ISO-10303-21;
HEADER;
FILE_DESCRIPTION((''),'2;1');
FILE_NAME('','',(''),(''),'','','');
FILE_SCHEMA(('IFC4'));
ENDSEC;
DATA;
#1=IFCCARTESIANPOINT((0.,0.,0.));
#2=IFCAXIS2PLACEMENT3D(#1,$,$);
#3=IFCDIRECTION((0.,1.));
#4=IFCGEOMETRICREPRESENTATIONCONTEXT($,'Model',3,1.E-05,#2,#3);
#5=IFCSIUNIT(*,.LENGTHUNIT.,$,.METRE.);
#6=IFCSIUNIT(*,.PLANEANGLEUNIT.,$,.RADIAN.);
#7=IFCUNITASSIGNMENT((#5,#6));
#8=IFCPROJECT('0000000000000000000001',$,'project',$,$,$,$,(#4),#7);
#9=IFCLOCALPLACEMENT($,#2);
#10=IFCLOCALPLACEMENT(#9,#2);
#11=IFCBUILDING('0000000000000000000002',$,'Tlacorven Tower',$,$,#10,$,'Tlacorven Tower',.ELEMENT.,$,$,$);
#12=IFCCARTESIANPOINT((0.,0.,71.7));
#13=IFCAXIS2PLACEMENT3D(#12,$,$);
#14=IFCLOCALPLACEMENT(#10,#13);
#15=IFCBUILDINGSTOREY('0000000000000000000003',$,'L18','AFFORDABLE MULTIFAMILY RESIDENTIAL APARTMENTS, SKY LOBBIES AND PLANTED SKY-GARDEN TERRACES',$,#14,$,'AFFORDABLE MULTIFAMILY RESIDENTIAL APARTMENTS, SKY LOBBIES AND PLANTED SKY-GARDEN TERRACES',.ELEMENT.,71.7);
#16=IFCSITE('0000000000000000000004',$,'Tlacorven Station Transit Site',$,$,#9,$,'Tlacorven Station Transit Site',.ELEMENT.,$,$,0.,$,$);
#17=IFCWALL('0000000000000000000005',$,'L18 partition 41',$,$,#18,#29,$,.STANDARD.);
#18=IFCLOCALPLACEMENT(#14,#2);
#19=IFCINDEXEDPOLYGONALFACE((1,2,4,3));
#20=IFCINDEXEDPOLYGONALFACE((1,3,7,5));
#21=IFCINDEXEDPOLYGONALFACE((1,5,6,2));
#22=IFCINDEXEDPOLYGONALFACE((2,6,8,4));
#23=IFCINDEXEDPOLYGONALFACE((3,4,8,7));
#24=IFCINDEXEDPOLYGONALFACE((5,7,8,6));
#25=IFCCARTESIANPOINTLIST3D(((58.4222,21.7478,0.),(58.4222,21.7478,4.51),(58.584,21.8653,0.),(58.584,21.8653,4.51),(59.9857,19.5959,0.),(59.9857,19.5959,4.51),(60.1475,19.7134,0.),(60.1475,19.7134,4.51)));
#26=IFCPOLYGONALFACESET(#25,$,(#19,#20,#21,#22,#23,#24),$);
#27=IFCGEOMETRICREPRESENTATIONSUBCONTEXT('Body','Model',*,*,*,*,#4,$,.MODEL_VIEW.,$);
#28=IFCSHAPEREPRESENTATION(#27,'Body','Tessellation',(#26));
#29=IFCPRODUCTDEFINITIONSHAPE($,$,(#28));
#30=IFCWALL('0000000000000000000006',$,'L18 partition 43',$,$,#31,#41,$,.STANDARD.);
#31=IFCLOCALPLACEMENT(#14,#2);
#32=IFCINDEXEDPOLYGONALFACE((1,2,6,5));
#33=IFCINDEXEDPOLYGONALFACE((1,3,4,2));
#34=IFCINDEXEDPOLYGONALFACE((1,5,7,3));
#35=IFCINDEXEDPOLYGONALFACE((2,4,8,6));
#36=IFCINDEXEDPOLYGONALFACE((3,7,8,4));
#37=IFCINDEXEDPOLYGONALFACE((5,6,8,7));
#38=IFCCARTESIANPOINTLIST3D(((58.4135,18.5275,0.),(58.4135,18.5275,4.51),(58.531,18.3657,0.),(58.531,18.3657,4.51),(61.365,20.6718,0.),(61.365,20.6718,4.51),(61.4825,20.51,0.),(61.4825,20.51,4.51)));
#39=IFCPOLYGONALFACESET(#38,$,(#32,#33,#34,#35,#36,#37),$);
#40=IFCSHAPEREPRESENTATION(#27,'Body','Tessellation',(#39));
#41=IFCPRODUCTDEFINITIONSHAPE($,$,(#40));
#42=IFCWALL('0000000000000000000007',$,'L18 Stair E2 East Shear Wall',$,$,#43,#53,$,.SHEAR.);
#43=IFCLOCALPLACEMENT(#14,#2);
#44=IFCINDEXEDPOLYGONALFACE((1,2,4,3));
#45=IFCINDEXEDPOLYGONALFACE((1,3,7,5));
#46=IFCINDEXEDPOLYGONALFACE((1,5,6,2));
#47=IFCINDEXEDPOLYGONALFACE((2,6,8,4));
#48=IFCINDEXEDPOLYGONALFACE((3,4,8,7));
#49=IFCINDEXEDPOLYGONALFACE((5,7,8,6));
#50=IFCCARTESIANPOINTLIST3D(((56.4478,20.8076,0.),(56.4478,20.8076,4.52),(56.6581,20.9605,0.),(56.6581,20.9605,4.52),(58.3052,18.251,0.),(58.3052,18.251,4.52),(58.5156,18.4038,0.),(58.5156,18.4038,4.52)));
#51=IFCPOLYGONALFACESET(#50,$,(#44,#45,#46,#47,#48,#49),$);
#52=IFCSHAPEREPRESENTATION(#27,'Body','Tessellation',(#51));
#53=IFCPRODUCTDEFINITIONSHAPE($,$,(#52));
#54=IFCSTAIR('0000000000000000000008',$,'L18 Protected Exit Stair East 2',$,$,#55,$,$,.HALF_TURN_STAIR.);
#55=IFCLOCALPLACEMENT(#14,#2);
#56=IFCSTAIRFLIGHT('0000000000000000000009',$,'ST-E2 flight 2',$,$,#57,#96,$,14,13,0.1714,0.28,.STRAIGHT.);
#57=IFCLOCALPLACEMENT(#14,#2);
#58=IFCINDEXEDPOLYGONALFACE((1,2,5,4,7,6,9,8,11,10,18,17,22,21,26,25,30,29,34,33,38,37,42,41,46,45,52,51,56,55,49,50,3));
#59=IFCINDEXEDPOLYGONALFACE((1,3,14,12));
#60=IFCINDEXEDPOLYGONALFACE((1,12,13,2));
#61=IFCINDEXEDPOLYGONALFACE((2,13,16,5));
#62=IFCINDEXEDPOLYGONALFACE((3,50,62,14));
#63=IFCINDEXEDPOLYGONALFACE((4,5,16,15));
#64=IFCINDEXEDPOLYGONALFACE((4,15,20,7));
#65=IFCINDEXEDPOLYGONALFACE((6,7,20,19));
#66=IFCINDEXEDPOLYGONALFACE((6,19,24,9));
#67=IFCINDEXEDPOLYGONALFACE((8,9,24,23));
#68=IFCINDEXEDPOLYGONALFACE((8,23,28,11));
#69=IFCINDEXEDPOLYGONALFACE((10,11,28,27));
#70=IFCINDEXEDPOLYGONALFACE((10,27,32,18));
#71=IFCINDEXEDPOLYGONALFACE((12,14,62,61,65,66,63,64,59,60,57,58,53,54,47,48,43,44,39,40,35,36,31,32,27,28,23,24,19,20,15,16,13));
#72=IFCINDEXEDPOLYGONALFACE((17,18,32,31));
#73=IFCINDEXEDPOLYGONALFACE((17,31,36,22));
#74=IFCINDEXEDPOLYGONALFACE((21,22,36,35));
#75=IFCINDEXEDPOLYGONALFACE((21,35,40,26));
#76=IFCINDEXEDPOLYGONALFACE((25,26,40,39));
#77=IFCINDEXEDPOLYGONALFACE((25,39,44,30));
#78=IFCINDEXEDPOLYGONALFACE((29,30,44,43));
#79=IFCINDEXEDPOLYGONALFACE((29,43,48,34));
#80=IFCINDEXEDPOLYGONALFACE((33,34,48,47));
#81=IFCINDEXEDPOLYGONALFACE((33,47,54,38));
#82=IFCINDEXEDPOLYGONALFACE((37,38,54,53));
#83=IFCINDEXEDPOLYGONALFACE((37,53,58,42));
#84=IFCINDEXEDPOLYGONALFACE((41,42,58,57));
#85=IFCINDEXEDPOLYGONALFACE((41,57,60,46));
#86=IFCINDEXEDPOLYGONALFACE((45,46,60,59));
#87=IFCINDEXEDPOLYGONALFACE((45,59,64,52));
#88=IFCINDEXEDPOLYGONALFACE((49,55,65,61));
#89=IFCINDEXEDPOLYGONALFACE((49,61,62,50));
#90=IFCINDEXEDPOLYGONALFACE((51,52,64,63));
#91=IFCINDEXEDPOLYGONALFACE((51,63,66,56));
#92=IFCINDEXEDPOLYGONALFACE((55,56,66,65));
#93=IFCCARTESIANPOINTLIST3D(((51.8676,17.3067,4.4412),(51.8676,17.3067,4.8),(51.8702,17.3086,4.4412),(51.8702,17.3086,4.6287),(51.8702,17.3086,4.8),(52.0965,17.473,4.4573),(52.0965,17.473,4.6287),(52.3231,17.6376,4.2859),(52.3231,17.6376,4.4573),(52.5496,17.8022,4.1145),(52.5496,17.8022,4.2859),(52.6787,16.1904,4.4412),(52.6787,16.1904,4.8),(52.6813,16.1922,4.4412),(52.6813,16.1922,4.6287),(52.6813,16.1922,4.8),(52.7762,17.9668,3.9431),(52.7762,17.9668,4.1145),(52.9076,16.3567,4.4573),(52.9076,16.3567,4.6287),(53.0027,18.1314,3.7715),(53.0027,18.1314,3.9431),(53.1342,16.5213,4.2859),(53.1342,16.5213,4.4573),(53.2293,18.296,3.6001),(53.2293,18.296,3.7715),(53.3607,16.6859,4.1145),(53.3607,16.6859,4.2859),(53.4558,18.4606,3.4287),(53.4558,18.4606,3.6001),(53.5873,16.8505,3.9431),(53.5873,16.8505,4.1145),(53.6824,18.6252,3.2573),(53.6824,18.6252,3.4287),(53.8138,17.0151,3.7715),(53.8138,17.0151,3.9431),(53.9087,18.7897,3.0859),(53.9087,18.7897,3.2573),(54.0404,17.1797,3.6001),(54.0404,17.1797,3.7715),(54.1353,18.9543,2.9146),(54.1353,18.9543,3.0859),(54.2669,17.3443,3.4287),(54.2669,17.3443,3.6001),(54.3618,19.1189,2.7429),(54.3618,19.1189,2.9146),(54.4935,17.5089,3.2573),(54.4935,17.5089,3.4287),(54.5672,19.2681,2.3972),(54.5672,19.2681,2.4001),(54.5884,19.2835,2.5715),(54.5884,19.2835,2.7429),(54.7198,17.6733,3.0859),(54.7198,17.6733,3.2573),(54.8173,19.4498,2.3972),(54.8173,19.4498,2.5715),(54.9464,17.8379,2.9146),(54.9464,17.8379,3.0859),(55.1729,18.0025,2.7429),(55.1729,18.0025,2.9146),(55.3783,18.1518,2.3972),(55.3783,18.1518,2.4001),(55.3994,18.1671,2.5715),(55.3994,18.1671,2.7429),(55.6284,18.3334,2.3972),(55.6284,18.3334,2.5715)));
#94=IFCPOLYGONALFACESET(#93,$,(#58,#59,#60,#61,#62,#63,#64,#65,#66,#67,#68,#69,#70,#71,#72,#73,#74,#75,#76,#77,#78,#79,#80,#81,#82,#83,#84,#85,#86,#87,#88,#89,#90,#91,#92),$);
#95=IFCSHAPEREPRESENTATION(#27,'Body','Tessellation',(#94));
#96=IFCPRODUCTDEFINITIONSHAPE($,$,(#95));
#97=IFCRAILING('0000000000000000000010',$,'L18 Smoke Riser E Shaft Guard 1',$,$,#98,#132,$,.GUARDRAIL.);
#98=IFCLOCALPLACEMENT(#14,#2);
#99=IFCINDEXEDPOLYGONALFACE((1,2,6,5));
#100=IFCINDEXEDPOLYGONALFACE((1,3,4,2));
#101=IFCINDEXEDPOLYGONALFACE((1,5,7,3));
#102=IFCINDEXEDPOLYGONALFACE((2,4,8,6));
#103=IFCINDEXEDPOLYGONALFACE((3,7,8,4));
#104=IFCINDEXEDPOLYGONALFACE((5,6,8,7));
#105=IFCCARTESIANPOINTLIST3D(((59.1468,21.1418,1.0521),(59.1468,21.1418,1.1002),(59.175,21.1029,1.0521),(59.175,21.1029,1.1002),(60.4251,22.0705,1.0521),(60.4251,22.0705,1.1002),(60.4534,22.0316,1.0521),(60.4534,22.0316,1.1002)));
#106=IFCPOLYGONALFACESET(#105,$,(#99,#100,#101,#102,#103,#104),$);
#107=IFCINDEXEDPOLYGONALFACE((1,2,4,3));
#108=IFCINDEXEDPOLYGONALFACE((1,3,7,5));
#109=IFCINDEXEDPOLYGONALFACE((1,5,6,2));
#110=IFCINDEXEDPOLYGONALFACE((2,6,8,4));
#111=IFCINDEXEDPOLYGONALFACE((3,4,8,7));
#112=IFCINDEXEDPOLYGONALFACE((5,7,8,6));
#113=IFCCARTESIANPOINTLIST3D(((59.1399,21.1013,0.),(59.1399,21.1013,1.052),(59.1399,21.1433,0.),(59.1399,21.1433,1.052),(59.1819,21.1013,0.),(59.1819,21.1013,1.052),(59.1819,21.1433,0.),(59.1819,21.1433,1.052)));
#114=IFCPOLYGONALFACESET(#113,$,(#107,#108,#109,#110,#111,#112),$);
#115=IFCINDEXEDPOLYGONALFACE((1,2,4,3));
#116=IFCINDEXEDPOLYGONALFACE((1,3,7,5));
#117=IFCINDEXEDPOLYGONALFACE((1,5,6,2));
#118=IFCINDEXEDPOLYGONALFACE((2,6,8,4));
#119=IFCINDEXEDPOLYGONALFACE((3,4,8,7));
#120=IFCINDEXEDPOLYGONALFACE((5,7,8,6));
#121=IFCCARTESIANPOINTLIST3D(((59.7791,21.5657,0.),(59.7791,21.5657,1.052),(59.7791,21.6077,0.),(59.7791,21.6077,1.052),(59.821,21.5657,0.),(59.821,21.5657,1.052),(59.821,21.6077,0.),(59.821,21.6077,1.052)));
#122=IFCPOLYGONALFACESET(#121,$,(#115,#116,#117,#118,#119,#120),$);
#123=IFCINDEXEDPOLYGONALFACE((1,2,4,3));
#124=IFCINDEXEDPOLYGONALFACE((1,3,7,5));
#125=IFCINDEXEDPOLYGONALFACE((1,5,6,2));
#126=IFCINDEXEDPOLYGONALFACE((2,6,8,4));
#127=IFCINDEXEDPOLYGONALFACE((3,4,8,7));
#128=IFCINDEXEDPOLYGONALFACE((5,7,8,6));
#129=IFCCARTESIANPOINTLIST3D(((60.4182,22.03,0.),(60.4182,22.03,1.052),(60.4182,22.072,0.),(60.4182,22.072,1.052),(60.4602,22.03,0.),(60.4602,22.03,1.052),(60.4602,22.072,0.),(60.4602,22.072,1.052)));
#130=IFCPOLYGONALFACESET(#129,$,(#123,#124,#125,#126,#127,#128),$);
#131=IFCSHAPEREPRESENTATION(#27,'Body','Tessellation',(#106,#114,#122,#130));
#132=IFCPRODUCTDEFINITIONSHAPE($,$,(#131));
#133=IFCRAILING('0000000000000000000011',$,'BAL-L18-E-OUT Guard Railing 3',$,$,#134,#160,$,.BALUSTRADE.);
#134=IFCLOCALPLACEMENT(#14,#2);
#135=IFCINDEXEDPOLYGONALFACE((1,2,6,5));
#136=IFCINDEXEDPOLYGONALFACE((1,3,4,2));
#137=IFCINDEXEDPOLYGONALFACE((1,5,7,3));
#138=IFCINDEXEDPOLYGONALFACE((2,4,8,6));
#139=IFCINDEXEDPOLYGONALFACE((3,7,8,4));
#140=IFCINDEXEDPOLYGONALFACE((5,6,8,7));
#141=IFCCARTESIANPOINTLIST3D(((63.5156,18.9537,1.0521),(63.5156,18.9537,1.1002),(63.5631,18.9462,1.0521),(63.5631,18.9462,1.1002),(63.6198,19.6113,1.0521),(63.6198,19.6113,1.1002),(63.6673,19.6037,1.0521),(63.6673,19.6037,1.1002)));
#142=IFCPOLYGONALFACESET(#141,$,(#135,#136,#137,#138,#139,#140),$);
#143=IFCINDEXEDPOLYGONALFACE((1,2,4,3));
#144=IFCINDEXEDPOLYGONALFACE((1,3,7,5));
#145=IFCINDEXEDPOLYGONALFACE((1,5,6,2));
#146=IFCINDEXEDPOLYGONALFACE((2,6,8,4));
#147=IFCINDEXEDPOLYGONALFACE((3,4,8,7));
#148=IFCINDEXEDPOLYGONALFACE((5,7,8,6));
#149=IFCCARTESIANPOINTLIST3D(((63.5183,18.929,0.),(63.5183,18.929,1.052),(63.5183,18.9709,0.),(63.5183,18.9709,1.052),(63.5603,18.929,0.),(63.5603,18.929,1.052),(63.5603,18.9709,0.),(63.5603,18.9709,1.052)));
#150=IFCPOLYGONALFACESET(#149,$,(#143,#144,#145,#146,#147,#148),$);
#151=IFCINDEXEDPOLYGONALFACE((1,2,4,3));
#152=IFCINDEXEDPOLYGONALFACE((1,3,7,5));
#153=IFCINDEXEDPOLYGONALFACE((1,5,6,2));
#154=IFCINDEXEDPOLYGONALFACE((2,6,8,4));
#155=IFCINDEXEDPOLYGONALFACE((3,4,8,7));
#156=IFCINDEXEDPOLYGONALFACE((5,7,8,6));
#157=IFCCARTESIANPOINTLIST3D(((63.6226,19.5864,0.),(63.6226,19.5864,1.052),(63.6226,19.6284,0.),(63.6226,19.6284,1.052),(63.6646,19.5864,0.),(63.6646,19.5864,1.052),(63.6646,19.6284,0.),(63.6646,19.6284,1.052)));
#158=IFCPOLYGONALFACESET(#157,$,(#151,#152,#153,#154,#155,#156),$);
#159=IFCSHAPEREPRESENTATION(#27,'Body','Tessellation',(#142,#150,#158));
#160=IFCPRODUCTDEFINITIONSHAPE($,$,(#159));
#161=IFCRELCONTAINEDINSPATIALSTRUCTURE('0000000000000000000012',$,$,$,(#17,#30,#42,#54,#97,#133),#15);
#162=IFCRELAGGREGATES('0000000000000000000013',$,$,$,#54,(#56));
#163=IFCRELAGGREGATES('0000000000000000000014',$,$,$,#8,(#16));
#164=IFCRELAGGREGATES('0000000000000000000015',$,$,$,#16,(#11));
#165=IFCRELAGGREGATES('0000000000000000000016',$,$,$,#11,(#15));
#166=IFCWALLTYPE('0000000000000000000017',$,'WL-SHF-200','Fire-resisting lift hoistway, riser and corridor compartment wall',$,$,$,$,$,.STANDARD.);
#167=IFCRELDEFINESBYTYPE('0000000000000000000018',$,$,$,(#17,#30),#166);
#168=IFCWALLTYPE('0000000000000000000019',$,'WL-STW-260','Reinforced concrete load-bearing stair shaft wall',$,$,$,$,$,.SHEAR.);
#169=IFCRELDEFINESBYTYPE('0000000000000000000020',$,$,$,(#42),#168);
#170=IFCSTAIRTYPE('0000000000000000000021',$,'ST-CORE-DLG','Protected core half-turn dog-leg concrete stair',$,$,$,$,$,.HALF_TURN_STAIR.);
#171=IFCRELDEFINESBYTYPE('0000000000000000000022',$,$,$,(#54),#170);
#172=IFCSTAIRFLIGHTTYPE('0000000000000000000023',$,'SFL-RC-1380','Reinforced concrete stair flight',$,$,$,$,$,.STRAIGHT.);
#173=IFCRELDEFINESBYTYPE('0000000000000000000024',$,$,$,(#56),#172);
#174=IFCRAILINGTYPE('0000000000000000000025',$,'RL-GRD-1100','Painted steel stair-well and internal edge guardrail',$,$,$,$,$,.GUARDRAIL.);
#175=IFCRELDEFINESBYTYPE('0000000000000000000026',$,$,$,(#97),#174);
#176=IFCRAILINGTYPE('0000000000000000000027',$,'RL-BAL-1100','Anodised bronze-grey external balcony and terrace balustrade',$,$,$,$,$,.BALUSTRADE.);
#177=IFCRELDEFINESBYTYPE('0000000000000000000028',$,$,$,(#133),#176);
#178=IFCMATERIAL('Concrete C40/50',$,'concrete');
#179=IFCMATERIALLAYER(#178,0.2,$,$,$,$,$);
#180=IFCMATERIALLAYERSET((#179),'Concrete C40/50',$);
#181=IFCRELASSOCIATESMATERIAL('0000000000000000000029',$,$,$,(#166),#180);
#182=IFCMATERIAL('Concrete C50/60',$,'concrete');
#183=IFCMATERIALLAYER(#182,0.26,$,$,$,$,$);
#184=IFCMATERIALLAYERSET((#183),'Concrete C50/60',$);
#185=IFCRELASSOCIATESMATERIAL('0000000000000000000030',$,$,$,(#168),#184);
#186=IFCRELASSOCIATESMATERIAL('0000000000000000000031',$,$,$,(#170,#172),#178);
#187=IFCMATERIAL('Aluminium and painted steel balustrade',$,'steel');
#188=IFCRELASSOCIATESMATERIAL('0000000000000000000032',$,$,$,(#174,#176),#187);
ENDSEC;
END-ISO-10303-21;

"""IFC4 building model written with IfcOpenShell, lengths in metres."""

from ifc_helpers import new_model, si_unit, direction, frame, frame_2d, origin, origin_2d, place, context, subcontext, project, spatial, polyline, rectangle, outline, extrude, source, transform, mapped, material, layer, layer_set, type_object, element, aggregate, save


model = new_model("IFC4")

# Units and contexts
model_context = context("Model", 3, precision=1e-05, world=origin(), true_north=direction((0.0, 1.0)))
body_context = subcontext(model_context, "Body", "Model", "MODEL_VIEW")
ifc_project = project(units=[si_unit("LENGTHUNIT", "METRE"), si_unit("PLANEANGLEUNIT", "RADIAN")], contexts=[model_context])

# Site, building, storey
site_placement = place(None, origin())
site = spatial("IfcSite", under=ifc_project, at=site_placement, Name="Tlacorven Station Transit Site", LongName="Tlacorven Station Transit Site", CompositionType="ELEMENT", RefElevation=0.0)
building_placement = place(site_placement, origin())
building = spatial("IfcBuilding", under=site, at=building_placement, Name="Tlacorven Tower", LongName="Tlacorven Tower", CompositionType="ELEMENT")
storey_placement = place(building_placement, frame((0.0, 0.0, 71.7)))
storey = spatial("IfcBuildingStorey", under=building, at=storey_placement, Name="L18", Description="AFFORDABLE MULTIFAMILY RESIDENTIAL APARTMENTS, SKY LOBBIES AND PLANTED SKY-GARDEN TERRACES", LongName="AFFORDABLE MULTIFAMILY RESIDENTIAL APARTMENTS, SKY LOBBIES AND PLANTED SKY-GARDEN TERRACES", CompositionType="ELEMENT", Elevation=71.7)

# Shared definitions
ifc_material_1 = material(Name="Concrete C40/50", Category="concrete")
ifc_layer_1 = layer(ifc_material_1, 0.2)
ifc_layer_set_1 = layer_set([ifc_layer_1], Name="Concrete C40/50")
wall_type_1 = type_object("IfcWallType", Name="WL-SHF-200", Description="Fire-resisting lift hoistway, riser and corridor compartment wall", PredefinedType="STANDARD", material=ifc_layer_set_1)

# Walls
wall_1_placement = place(storey_placement, frame((60.0667, 19.6545, 0.0), z_axis=(0.0, 0.0, 1.0), x_axis=(-0.587801, 0.809006, 0.0)))
element("IfcWall", 1, at=wall_1_placement, inside=storey, type_object=wall_type_1, Name="L18 partition 41", PredefinedType="STANDARD", context=body_context, shape_type="SweptSolid", body=[
    extrude(rectangle(XDim=2.6599, YDim=0.2, at=frame_2d((1.3301, 0.0))), origin(), (0.0, 0.0, 1.0), 4.51),
])
wall_2_placement = place(storey_placement, frame((58.4722, 18.4465, 0.0), z_axis=(0.0, 0.0, 1.0), x_axis=(0.809022, 0.587778, 0.0)))
element("IfcWall", 2, at=wall_2_placement, inside=storey, type_object=wall_type_1, Name="L18 partition 43", PredefinedType="STANDARD", context=body_context, shape_type="SweptSolid", body=[
    extrude(rectangle(XDim=3.6482, YDim=0.2, at=frame_2d((1.8242, 0.0))), origin(), (0.0, 0.0, 1.0), 4.51),
])
ifc_material_2 = material(Name="Concrete C50/60", Category="concrete")
ifc_layer_2 = layer(ifc_material_2, 0.26)
ifc_layer_set_2 = layer_set([ifc_layer_2], Name="Concrete C50/60")
wall_type_2 = type_object("IfcWallType", Name="WL-STW-260", Description="Reinforced concrete load-bearing stair shaft wall", PredefinedType="SHEAR", material=ifc_layer_set_2)
wall_3_placement = place(storey_placement, frame((58.4104, 18.3274, 0.0), z_axis=(0.0, 0.0, 1.0), x_axis=(-0.587767, 0.80903, 0.0)))
element("IfcWall", 3, at=wall_3_placement, inside=storey, type_object=wall_type_2, Name="L18 Stair E2 East Shear Wall", PredefinedType="SHEAR", context=body_context, shape_type="SweptSolid", body=[
    extrude(rectangle(XDim=3.1602, YDim=0.26, at=frame_2d((1.5801, 0.0))), origin(), (0.0, 0.0, 1.0), 4.52),
])

# Stair, stair flight
stair_type = type_object("IfcStairType", Name="ST-CORE-DLG", Description="Protected core half-turn dog-leg concrete stair", PredefinedType="HALF_TURN_STAIR", material=ifc_material_1)
stair_placement = place(storey_placement, origin())
stair = element("IfcStair", 4, at=stair_placement, inside=storey, type_object=stair_type, Name="L18 Protected Exit Stair East 2", PredefinedType="HALF_TURN_STAIR")
stair_flight_type = type_object("IfcStairFlightType", Name="SFL-RC-1380", Description="Reinforced concrete stair flight", PredefinedType="STRAIGHT", material=ifc_material_1)
shared_shape_1 = source(origin(), body_context, "Body", "SweptSolid", [
    extrude(outline(polyline([(-0.0029, -0.0029), (-0.0029, 0.1714), (0.28, 0.1714), (0.28, 0.3428), (0.5601, 0.3428), (0.5601, 0.5144), (0.8401, 0.5144), (0.8401, 0.6858), (1.1201, 0.6858), (1.1201, 0.8572), (1.3999, 0.8572), (1.3999, 1.0286), (1.6799, 1.0286), (1.6799, 1.2), (1.96, 1.2), (1.96, 1.3713), (2.24, 1.3713), (2.24, 1.543), (2.52, 1.543), (2.52, 1.7144), (2.8, 1.7144), (2.8, 1.8857), (3.0801, 1.8857), (3.0801, 2.0571), (3.3601, 2.0571), (3.3601, 2.2285), (3.6399, 2.2285), (3.6399, 2.3999), (3.6431, 2.3999), (3.6431, 2.041), (3.6399, 2.041), (0.3062, 0.0), (0.3062, -0.0029), (-0.0029, -0.0029)])), frame((0.0, 0.6899, 0.0), z_axis=(0.0, -1.0, 0.0), x_axis=(1.0, 0.0, 0.0)), (0.0, 0.0, 1.0), 1.3799),
])
stair_flight_placement = place(storey_placement, frame((55.2205, 18.8899, 2.4001), z_axis=(0.0, 0.0, 1.0), x_axis=(-0.809017, -0.587785, 0.0)))
stair_flight = element("IfcStairFlight", 5, at=stair_flight_placement, type_object=stair_flight_type, Name="ST-E2 flight 2", NumberOfRisers=14, NumberOfTreads=13, PredefinedType="STRAIGHT", RiserHeight=0.1714, TreadLength=0.28, context=body_context, shape_type="MappedRepresentation", body=[
    mapped(shared_shape_1, transform((0.0, 0.0, 0.0), scale=1.0)),
])
aggregate(stair, [stair_flight])

# Railings
ifc_material_3 = material(Name="Aluminium and painted steel balustrade", Category="steel")
railing_type_1 = type_object("IfcRailingType", Name="RL-GRD-1100", Description="Painted steel stair-well and internal edge guardrail", PredefinedType="GUARDRAIL", material=ifc_material_3)
shared_shape_2 = source(origin(), body_context, "Body", "SweptSolid", [
    extrude(rectangle(XDim=0.0481, YDim=0.0481, at=origin_2d()), frame((0.0, 0.0, 1.0762), z_axis=(0.80903, 0.587767, 0.0), x_axis=(-0.587767, 0.80903, 0.0)), (0.0, 0.0, 1.0), 1.5801),
    extrude(rectangle(XDim=0.042, YDim=0.042, at=origin_2d()), origin(), (0.0, 0.0, 1.0), 1.052),
    extrude(rectangle(XDim=0.042, YDim=0.042, at=origin_2d()), frame((0.6392, 0.4644, 0.0)), (0.0, 0.0, 1.0), 1.052),
    extrude(rectangle(XDim=0.042, YDim=0.042, at=origin_2d()), frame((1.2783, 0.9287, 0.0)), (0.0, 0.0, 1.0), 1.052),
])
railing_1_placement = place(storey_placement, frame((59.1609, 21.1223, 0.0)))
element("IfcRailing", 6, at=railing_1_placement, inside=storey, type_object=railing_type_1, Name="L18 Smoke Riser E Shaft Guard 1", PredefinedType="GUARDRAIL", context=body_context, shape_type="MappedRepresentation", body=[
    mapped(shared_shape_2, transform((0.0, 0.0, 0.0), scale=1.0)),
])
railing_type_2 = type_object("IfcRailingType", Name="RL-BAL-1100", Description="Anodised bronze-grey external balcony and terrace balustrade", PredefinedType="BALUSTRADE", material=ifc_material_3)
shared_shape_3 = source(origin(), body_context, "Body", "SweptSolid", [
    extrude(rectangle(XDim=0.0481, YDim=0.0481, at=origin_2d()), frame((0.0, 0.0, 1.0762), z_axis=(0.156603, 0.987662, 0.0), x_axis=(-0.987662, 0.156603, 0.0)), (0.0, 0.0, 1.0), 0.6658),
    extrude(rectangle(XDim=0.042, YDim=0.042, at=origin_2d()), origin(), (0.0, 0.0, 1.0), 1.052),
    extrude(rectangle(XDim=0.042, YDim=0.042, at=origin_2d()), frame((0.1042, 0.6575, 0.0)), (0.0, 0.0, 1.0), 1.052),
])
railing_2_placement = place(storey_placement, frame((63.5393, 18.95, 0.0)))
element("IfcRailing", 7, at=railing_2_placement, inside=storey, type_object=railing_type_2, Name="BAL-L18-E-OUT Guard Railing 3", PredefinedType="BALUSTRADE", context=body_context, shape_type="MappedRepresentation", body=[
    mapped(shared_shape_3, transform((0.0, 0.0, 0.0), scale=1.0)),
])

save(model, "model.ifc")
